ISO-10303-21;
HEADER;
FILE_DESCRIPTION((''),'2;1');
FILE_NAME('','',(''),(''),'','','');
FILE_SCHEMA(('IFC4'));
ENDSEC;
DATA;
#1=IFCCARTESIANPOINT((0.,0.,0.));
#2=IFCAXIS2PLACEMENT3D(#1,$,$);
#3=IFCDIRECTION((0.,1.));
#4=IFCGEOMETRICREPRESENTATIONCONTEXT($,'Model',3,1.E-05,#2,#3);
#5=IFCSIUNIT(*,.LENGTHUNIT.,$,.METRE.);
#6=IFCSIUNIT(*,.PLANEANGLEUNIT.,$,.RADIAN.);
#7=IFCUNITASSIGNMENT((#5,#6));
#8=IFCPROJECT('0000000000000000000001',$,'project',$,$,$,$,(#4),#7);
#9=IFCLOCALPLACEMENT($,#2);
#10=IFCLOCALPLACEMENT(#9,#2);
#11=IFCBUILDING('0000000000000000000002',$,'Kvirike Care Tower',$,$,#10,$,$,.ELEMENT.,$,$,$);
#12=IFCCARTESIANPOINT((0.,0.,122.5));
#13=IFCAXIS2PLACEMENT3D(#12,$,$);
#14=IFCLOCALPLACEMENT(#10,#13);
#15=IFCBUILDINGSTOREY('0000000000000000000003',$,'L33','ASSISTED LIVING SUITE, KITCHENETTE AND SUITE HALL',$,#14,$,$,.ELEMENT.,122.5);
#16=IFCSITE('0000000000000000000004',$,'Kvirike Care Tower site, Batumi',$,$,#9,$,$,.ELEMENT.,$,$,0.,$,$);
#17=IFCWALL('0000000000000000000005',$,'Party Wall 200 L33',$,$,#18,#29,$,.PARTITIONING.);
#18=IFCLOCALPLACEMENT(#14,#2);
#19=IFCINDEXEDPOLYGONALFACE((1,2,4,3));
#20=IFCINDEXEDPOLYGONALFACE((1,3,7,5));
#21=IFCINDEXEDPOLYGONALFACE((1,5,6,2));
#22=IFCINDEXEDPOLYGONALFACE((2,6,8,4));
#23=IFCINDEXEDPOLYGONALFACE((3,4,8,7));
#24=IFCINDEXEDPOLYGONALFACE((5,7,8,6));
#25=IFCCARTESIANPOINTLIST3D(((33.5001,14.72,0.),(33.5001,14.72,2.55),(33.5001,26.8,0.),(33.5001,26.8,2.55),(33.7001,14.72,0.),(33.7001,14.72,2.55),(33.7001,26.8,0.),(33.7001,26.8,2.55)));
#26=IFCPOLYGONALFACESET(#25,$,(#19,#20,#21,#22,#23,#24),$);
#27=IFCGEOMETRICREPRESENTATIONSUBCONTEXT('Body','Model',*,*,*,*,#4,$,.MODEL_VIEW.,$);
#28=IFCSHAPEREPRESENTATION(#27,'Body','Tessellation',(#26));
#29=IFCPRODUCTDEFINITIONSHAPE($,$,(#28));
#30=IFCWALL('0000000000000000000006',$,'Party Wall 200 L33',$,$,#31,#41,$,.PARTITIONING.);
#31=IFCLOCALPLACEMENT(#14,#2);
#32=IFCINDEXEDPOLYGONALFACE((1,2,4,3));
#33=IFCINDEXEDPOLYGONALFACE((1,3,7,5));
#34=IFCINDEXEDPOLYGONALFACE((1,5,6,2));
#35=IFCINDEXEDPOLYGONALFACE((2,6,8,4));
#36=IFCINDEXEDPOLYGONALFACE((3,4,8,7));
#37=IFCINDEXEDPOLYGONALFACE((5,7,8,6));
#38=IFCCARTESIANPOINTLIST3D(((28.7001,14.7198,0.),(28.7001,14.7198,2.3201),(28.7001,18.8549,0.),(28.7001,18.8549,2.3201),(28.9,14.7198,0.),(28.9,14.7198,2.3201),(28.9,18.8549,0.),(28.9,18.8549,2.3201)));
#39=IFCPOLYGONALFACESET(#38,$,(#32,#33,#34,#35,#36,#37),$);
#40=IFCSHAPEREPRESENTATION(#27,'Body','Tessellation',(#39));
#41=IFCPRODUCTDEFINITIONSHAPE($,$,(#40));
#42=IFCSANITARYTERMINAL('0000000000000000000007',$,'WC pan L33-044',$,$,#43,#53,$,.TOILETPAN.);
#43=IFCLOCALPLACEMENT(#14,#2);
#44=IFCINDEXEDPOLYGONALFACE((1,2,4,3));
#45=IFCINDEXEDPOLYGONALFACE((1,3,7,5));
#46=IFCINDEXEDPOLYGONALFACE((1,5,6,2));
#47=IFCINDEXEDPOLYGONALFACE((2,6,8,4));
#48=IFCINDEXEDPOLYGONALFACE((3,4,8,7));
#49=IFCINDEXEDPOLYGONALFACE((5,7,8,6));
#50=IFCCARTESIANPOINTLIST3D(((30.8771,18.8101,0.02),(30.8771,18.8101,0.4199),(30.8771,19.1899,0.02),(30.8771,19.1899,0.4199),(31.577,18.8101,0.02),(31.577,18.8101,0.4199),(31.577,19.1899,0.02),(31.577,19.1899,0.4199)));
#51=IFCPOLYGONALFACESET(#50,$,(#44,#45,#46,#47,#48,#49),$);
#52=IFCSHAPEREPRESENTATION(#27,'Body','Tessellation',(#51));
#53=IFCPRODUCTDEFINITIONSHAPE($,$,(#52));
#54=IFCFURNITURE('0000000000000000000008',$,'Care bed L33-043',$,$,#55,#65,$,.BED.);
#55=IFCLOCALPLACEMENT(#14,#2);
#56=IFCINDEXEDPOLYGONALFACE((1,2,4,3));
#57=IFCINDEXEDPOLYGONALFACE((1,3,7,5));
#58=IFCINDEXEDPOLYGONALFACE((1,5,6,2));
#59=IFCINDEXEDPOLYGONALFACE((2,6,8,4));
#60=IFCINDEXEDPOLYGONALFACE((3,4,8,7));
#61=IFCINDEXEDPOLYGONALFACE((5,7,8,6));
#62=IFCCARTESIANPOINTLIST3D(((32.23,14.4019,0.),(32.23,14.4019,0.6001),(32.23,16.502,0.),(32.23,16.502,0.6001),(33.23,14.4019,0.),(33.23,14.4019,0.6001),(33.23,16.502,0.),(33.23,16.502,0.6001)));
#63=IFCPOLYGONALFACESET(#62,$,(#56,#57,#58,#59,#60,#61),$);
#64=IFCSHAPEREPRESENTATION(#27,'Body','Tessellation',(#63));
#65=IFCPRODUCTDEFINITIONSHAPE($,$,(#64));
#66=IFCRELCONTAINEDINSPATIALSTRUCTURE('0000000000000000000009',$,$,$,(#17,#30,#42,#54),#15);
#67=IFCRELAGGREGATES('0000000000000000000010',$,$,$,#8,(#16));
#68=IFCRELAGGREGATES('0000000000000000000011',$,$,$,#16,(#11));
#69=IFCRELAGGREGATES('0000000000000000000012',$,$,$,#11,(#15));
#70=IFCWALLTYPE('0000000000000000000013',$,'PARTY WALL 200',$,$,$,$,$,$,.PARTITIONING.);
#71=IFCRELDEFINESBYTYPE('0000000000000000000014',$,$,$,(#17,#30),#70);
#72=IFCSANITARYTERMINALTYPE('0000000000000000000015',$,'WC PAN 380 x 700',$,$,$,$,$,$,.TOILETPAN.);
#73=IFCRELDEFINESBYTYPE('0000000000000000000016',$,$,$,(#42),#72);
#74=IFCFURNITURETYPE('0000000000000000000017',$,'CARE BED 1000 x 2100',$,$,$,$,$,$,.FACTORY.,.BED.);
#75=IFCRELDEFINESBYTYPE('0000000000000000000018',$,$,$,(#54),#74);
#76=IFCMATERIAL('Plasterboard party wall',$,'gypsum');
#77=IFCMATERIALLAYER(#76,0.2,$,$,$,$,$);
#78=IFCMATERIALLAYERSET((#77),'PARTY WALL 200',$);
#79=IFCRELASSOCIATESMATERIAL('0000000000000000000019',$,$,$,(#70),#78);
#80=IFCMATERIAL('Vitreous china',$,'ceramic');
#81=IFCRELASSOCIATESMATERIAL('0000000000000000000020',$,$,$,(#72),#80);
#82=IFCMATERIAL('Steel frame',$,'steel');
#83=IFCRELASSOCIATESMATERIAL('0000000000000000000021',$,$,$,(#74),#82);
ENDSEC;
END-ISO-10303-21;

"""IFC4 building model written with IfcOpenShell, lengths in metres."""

from ifc_helpers import new_model, si_unit, direction, frame, frame_2d, origin, origin_2d, place, context, subcontext, project, spatial, rectangle, extrude, material, layer, layer_set, type_object, element, save


model = new_model("IFC4")

# Units and contexts
model_context = context("Model", 3, precision=1e-05, world=origin(), true_north=direction((0.0, 1.0)))
body_context = subcontext(model_context, "Body", "Model", "MODEL_VIEW")
ifc_project = project(units=[si_unit("LENGTHUNIT", "METRE"), si_unit("PLANEANGLEUNIT", "RADIAN")], contexts=[model_context])

# Site, building, storey
site_placement = place(None, origin())
site = spatial("IfcSite", under=ifc_project, at=site_placement, Name="Kvirike Care Tower site, Batumi", CompositionType="ELEMENT", RefElevation=0.0)
building_placement = place(site_placement, origin())
building = spatial("IfcBuilding", under=site, at=building_placement, Name="Kvirike Care Tower", CompositionType="ELEMENT")
storey_placement = place(building_placement, frame((0.0, 0.0, 122.5)))
storey = spatial("IfcBuildingStorey", under=building, at=storey_placement, Name="L33", Description="ASSISTED LIVING SUITE, KITCHENETTE AND SUITE HALL", CompositionType="ELEMENT", Elevation=122.5)

# Walls
ifc_material_1 = material(Name="Plasterboard party wall", Category="gypsum")
ifc_layer_1 = layer(ifc_material_1, 0.2)
ifc_layer_set_1 = layer_set([ifc_layer_1], Name="PARTY WALL 200")
wall_type_1 = type_object("IfcWallType", Name="PARTY WALL 200", PredefinedType="PARTITIONING", material=ifc_layer_set_1)
wall_1_placement = place(storey_placement, frame((33.6001, 14.72, 0.0), z_axis=(0.0, 0.0, 1.0), x_axis=(0.0, 1.0, 0.0)))
element("IfcWall", 1, at=wall_1_placement, inside=storey, type_object=wall_type_1, Name="Party Wall 200 L33", PredefinedType="PARTITIONING", context=body_context, shape_type="SweptSolid", body=[
    extrude(rectangle(XDim=12.0801, YDim=0.2, at=frame_2d((6.04, 0.0))), origin(), (0.0, 0.0, 1.0), 2.55),
])
wall_2_placement = place(storey_placement, frame((28.8, 14.72, 0.0), z_axis=(0.0, 0.0, 1.0), x_axis=(0.0, 1.0, 0.0)))
element("IfcWall", 2, at=wall_2_placement, inside=storey, type_object=wall_type_1, Name="Party Wall 200 L33", PredefinedType="PARTITIONING", context=body_context, shape_type="SweptSolid", body=[
    extrude(rectangle(XDim=4.135, YDim=0.2, at=frame_2d((2.0674, 0.0))), origin(), (0.0, 0.0, 1.0), 2.3201),
])

# Sanitary terminal
ifc_material_2 = material(Name="Vitreous china", Category="ceramic")
sanitary_terminal_type = type_object("IfcSanitaryTerminalType", Name="WC PAN 380 x 700", PredefinedType="TOILETPAN", material=ifc_material_2)
sanitary_terminal_placement = place(storey_placement, frame((31.2271, 19.0, 0.02), z_axis=(0.0, 0.0, 1.0), x_axis=(0.0, 1.0, 0.0)))
element("IfcSanitaryTerminal", 3, at=sanitary_terminal_placement, inside=storey, type_object=sanitary_terminal_type, Name="WC pan L33-044", PredefinedType="TOILETPAN", context=body_context, shape_type="SweptSolid", body=[
    extrude(rectangle(XDim=0.3799, YDim=0.7, at=origin_2d()), origin(), (0.0, 0.0, 1.0), 0.3999),
])

# Furniture
ifc_material_3 = material(Name="Steel frame", Category="steel")
furniture_type = type_object("IfcFurnitureType", Name="CARE BED 1000 x 2100", AssemblyPlace="FACTORY", PredefinedType="BED", material=ifc_material_3)
furniture_placement = place(storey_placement, frame((32.73, 15.4519, 0.0), z_axis=(0.0, 0.0, 1.0), x_axis=(-1.0, 0.0, 0.0)))
element("IfcFurniture", 4, at=furniture_placement, inside=storey, type_object=furniture_type, Name="Care bed L33-043", PredefinedType="BED", context=body_context, shape_type="SweptSolid", body=[
    extrude(rectangle(XDim=1.0, YDim=2.1001, at=origin_2d()), origin(), (0.0, 0.0, 1.0), 0.6001),
])

save(model, "model.ifc")
